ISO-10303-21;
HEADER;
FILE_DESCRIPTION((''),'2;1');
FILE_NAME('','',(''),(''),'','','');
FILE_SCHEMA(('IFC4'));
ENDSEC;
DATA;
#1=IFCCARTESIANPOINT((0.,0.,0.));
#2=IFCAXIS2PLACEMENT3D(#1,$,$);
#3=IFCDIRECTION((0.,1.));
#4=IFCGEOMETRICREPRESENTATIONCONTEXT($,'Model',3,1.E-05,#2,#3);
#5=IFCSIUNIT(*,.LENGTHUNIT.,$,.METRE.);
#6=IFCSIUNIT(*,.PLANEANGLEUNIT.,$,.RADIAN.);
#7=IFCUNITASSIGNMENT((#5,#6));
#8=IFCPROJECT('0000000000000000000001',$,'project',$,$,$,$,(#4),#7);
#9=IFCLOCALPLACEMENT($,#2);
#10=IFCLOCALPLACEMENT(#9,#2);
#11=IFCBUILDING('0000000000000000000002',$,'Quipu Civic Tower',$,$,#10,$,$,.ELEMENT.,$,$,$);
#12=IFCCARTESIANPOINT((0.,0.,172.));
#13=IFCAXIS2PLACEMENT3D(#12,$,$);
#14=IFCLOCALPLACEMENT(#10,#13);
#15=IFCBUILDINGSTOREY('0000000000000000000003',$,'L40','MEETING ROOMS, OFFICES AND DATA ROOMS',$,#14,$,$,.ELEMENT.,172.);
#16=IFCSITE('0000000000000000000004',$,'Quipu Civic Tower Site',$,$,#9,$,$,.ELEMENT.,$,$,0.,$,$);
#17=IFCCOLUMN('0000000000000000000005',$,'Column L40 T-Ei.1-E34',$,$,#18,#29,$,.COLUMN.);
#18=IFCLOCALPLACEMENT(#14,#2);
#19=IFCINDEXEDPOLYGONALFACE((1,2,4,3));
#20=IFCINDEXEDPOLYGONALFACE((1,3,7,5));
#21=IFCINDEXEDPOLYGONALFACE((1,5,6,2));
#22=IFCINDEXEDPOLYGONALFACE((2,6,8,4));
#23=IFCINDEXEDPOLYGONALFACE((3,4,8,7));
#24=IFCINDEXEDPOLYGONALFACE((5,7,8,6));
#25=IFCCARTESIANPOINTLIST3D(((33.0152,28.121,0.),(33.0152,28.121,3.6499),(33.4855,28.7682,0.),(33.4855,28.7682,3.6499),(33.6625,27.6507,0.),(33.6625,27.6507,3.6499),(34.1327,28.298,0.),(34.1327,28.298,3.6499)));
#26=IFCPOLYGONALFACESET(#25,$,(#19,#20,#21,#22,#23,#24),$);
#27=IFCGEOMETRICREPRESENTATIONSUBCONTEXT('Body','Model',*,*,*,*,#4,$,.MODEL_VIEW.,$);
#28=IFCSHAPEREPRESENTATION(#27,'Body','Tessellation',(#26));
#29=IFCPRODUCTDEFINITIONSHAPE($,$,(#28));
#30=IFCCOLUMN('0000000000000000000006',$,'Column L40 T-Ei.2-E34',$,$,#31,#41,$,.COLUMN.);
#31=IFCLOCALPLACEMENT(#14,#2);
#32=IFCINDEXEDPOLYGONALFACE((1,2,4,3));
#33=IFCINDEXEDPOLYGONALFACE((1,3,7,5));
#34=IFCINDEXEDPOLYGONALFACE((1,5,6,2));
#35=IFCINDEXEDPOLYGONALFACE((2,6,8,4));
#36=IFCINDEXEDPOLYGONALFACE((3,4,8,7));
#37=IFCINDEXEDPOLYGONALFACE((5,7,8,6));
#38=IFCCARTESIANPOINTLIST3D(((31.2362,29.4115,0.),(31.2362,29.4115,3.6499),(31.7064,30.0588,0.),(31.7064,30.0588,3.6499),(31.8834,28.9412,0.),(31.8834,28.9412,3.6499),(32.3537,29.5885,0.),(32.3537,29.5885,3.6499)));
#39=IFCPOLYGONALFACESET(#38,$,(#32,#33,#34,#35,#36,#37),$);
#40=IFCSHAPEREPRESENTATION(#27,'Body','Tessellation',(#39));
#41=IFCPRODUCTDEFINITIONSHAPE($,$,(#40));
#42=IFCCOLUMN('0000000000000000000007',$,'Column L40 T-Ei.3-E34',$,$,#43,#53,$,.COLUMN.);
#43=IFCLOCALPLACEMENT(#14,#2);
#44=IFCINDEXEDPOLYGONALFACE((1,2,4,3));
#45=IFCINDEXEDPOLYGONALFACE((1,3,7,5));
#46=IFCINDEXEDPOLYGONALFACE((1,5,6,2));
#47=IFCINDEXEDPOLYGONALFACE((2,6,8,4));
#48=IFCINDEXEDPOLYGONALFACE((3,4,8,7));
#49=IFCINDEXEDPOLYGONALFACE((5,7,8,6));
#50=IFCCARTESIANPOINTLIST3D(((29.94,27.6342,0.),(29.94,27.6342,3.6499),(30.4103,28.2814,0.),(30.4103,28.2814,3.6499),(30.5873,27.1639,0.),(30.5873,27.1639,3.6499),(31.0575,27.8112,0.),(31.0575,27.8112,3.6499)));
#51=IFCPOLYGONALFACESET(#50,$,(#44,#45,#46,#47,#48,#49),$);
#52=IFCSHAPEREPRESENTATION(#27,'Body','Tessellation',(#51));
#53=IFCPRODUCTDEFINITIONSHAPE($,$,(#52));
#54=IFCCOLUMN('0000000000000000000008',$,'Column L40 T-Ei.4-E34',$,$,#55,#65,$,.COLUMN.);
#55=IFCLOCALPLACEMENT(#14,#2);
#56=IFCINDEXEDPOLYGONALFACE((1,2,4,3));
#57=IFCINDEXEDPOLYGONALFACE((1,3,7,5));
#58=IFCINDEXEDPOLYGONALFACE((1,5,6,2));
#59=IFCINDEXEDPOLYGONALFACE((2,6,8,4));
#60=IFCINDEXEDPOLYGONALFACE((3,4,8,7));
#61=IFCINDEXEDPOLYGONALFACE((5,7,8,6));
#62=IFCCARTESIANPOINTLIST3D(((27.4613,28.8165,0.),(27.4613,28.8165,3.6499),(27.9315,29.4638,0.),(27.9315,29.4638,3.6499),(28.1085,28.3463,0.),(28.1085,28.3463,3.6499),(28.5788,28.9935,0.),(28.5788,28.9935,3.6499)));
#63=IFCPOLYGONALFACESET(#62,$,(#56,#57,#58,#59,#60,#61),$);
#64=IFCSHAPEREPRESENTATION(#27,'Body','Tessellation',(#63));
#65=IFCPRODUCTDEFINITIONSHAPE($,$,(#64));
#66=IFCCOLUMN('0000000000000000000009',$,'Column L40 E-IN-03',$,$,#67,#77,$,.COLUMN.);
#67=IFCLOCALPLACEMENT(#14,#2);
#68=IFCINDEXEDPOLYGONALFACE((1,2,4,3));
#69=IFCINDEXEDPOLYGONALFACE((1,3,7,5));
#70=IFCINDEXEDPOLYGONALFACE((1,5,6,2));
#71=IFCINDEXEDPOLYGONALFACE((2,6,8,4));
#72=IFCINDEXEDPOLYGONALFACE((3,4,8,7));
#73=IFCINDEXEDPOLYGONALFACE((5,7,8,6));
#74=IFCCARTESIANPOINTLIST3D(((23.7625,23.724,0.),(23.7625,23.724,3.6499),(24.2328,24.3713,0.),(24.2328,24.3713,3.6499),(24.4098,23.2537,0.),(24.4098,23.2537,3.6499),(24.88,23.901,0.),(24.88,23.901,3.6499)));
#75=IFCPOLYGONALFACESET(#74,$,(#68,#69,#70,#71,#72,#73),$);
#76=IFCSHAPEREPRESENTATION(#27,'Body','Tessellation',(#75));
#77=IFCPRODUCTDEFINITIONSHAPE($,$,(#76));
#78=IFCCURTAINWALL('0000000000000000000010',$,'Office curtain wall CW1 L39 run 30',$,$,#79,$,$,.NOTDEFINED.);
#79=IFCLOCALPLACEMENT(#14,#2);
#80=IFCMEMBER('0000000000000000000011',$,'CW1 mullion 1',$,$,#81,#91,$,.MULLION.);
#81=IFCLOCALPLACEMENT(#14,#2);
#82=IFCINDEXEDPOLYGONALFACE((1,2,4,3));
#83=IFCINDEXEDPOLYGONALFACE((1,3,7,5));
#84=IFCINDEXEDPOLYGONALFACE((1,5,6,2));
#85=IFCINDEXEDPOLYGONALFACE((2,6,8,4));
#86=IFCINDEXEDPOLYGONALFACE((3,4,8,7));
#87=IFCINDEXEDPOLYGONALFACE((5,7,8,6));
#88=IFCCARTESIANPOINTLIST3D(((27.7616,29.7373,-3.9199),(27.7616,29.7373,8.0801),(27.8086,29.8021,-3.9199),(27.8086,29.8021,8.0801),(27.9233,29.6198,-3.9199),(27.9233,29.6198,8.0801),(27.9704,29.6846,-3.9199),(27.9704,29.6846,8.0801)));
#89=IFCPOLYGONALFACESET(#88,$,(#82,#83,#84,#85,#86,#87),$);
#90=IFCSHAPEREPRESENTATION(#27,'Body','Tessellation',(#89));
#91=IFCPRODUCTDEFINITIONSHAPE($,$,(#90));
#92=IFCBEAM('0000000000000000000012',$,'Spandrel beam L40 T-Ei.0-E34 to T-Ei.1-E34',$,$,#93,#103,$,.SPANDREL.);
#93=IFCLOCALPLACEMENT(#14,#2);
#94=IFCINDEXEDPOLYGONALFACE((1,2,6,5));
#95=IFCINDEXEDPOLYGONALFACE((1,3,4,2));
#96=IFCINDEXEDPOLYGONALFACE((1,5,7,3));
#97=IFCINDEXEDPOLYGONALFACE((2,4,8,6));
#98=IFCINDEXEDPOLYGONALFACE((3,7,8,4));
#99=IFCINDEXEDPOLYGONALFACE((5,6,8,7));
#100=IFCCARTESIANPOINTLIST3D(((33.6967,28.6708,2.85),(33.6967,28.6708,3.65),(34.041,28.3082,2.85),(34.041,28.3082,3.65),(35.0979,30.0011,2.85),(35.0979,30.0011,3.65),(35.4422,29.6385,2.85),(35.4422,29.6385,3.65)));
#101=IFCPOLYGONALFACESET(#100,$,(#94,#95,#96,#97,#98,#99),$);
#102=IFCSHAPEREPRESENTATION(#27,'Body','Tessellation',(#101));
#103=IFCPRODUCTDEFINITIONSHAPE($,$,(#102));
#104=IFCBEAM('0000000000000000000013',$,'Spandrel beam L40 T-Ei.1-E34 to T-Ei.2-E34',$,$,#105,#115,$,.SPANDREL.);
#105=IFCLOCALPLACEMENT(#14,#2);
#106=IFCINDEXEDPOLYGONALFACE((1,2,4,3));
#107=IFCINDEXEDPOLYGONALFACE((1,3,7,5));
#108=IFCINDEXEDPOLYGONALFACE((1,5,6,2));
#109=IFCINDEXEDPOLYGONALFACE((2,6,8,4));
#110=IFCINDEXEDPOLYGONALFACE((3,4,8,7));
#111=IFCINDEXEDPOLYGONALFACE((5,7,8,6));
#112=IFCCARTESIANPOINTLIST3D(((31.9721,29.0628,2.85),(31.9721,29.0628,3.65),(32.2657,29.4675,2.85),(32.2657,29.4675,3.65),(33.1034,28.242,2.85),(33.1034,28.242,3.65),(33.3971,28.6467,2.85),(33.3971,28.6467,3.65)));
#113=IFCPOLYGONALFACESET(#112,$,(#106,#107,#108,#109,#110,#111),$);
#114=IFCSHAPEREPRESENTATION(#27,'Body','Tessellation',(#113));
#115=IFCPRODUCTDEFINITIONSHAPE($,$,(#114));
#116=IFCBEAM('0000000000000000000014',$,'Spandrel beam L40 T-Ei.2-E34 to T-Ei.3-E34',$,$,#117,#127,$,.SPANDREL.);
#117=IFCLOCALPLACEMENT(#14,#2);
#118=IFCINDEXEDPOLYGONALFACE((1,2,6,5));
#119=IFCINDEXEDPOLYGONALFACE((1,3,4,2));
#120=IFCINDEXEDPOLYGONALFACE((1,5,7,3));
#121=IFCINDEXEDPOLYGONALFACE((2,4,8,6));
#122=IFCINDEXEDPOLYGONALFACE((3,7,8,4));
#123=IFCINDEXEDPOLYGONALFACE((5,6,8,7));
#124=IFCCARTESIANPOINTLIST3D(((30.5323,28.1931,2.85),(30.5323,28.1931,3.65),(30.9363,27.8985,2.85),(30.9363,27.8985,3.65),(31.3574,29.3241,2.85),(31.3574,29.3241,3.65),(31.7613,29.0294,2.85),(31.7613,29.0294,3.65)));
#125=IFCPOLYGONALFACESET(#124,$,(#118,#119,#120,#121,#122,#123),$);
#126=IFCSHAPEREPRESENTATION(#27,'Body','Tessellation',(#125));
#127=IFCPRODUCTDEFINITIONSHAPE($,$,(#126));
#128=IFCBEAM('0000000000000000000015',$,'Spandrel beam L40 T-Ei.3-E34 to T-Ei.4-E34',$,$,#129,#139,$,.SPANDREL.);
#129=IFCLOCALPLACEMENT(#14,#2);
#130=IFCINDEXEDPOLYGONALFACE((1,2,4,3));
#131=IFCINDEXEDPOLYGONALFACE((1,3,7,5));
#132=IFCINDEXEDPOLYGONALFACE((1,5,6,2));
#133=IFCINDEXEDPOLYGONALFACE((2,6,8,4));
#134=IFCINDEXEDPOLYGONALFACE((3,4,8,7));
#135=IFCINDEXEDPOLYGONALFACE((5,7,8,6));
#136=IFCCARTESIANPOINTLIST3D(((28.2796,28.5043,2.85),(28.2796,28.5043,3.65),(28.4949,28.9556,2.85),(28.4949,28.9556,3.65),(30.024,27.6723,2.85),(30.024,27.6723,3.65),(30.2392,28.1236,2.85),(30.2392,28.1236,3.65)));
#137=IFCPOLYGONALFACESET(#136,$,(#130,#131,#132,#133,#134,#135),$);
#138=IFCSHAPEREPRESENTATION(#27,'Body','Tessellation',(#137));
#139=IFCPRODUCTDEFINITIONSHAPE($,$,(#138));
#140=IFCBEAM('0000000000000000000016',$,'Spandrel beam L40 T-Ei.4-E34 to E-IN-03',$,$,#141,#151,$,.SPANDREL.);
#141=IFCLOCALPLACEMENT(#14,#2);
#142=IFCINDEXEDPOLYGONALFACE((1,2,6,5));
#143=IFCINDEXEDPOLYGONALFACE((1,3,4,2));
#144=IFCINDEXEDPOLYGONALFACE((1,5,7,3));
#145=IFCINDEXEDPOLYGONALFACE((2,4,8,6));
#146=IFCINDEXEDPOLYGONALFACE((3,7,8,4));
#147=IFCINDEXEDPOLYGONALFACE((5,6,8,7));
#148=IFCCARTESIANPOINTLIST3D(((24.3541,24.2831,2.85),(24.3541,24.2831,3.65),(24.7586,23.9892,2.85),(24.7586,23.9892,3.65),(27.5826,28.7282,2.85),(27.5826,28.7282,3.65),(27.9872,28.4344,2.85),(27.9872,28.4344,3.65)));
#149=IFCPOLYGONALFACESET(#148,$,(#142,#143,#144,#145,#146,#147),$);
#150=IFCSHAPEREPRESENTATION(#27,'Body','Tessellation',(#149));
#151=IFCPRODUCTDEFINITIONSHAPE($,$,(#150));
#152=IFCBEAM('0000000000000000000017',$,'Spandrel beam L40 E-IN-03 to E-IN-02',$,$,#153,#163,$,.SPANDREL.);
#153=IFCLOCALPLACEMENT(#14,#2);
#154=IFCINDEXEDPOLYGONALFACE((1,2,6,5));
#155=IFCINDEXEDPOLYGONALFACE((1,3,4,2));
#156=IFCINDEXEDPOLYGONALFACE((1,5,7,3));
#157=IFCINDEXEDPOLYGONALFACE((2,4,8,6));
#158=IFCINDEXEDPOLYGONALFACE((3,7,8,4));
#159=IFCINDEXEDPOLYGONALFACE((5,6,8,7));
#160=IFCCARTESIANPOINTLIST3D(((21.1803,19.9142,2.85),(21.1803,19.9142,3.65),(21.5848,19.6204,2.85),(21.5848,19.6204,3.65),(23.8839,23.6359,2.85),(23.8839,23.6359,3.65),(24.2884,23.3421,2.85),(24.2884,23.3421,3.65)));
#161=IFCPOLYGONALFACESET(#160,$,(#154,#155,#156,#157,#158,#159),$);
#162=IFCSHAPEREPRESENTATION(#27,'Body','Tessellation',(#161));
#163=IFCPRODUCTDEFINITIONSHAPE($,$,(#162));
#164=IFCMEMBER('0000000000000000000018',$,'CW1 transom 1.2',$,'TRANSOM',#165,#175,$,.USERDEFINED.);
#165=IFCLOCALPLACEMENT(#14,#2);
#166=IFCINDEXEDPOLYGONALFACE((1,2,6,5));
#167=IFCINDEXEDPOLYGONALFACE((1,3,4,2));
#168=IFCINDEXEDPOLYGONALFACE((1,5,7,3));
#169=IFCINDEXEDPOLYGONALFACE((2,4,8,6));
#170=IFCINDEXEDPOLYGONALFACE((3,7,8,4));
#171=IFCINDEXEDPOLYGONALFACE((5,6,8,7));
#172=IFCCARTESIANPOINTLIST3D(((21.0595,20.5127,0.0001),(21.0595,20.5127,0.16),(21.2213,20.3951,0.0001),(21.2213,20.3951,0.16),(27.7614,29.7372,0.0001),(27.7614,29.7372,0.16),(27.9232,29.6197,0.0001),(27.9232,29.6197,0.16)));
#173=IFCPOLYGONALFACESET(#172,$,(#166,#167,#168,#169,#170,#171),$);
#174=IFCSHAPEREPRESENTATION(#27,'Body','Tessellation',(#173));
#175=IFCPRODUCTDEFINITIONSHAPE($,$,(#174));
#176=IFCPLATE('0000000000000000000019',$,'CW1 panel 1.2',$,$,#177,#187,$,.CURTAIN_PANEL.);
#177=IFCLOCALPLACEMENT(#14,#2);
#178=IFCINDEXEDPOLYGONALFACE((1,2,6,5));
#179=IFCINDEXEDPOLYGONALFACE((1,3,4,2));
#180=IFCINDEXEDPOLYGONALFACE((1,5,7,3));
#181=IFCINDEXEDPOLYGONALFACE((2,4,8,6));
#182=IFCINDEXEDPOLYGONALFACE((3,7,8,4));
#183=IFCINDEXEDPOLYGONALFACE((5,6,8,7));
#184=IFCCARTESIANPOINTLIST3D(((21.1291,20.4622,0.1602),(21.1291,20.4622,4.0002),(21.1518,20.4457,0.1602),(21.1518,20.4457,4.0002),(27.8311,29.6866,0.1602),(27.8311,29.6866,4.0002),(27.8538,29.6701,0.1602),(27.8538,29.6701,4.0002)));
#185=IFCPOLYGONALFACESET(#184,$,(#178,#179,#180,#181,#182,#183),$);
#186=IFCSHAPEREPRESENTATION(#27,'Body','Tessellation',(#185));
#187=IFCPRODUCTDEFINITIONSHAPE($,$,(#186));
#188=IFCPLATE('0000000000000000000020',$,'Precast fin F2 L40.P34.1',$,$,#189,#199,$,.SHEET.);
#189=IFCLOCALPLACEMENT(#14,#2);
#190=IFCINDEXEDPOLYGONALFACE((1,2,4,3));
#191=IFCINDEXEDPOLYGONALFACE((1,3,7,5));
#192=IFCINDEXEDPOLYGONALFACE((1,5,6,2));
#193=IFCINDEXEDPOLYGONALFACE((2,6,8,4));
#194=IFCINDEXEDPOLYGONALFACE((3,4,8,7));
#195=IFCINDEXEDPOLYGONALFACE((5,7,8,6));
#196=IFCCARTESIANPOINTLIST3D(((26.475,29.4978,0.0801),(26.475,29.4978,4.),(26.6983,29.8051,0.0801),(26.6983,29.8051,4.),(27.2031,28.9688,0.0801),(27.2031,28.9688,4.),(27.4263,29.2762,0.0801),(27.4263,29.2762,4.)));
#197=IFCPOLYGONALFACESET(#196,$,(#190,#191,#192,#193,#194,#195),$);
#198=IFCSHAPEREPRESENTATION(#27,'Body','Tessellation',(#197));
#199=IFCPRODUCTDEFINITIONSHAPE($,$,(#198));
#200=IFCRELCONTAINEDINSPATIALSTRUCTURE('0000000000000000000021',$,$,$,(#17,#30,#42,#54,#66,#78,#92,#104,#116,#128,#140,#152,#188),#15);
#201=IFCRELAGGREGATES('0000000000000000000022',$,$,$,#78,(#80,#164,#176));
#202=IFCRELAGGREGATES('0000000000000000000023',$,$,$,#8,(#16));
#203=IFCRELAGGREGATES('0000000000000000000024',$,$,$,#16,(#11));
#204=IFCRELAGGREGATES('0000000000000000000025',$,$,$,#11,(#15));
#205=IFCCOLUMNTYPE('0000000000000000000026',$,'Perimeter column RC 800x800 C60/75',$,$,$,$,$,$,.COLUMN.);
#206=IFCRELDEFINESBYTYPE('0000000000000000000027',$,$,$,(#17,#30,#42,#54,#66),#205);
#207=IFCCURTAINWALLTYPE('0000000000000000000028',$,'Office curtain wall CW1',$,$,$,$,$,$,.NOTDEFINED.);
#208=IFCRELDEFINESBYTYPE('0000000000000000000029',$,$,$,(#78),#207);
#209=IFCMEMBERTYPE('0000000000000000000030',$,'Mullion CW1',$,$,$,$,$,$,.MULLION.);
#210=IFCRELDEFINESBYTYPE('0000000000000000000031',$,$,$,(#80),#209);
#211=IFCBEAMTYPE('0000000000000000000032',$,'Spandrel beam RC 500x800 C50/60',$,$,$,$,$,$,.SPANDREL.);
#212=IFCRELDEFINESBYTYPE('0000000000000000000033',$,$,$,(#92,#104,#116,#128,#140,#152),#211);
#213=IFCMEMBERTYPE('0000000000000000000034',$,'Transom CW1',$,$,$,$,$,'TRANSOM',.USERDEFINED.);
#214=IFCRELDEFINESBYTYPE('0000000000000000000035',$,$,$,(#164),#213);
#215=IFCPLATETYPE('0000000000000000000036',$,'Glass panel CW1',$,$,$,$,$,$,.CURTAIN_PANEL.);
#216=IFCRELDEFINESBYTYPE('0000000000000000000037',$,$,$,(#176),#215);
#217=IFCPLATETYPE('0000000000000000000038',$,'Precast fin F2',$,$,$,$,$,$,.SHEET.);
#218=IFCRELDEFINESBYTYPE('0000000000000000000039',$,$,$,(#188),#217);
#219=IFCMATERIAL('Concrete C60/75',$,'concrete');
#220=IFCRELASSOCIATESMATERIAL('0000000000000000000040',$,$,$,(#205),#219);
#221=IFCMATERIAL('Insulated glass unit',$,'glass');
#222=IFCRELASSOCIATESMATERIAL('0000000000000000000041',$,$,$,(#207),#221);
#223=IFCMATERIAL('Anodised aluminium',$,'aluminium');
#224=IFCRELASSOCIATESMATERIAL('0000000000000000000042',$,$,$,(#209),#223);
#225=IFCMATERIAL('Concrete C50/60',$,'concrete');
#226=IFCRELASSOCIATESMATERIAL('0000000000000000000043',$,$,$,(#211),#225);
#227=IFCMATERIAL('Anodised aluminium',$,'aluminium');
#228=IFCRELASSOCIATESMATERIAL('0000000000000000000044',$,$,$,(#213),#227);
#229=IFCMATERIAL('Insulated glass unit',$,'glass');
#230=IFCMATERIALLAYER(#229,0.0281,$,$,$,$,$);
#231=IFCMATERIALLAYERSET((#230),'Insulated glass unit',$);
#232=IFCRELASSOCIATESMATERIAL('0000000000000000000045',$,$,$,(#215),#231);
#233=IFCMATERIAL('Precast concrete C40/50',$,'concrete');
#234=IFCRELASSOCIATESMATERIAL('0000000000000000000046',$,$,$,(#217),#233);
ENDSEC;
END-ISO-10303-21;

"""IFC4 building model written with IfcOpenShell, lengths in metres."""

from ifc_helpers import new_model, si_unit, direction, frame, origin, origin_2d, place, context, subcontext, project, spatial, rectangle, extrude, material, layer, layer_set, material_profile, profile_set, type_object, element, aggregate, save


model = new_model("IFC4")

# Units and contexts
model_context = context("Model", 3, precision=1e-05, world=origin(), true_north=direction((0.0, 1.0)))
body_context = subcontext(model_context, "Body", "Model", "MODEL_VIEW")
ifc_project = project(units=[si_unit("LENGTHUNIT", "METRE"), si_unit("PLANEANGLEUNIT", "RADIAN")], contexts=[model_context])

# Site, building, storey
site_placement = place(None, origin())
site = spatial("IfcSite", under=ifc_project, at=site_placement, Name="Quipu Civic Tower Site", CompositionType="ELEMENT", RefElevation=0.0)
building_placement = place(site_placement, origin())
building = spatial("IfcBuilding", under=site, at=building_placement, Name="Quipu Civic Tower", CompositionType="ELEMENT")
storey_placement = place(building_placement, frame((0.0, 0.0, 172.0)))
storey = spatial("IfcBuildingStorey", under=building, at=storey_placement, Name="L40", Description="MEETING ROOMS, OFFICES AND DATA ROOMS", CompositionType="ELEMENT", Elevation=172.0)

# Columns
ifc_material_1 = material(Name="Concrete C60/75", Category="concrete")
ifc_material_profile_1 = material_profile(ifc_material_1, rectangle(XDim=0.8, YDim=0.8, at=origin_2d()), Name="RC800x800")
ifc_profile_set_1 = profile_set([ifc_material_profile_1], Name="Concrete C60/75")
column_type = type_object("IfcColumnType", Name="Perimeter column RC 800x800 C60/75", PredefinedType="COLUMN", material=ifc_profile_set_1)
for number, where, z_axis, x_axis, name in (
    (1, (33.574, 28.2095, 0.0), (0.0, 0.0, 1.0), (-0.809017, 0.587785, 0.0), "Column L40 T-Ei.1-E34"),
    (2, (31.7949, 29.5, 0.0), (0.0, 0.0, 1.0), (-0.587785, -0.809017, 0.0), "Column L40 T-Ei.2-E34"),
    (3, (30.4988, 27.7227, 0.0), (0.0, 0.0, 1.0), (-0.809017, 0.587785, 0.0), "Column L40 T-Ei.3-E34"),
    (4, (28.02, 28.905, 0.0), (0.0, 0.0, 1.0), (-0.809017, 0.587785, 0.0), "Column L40 T-Ei.4-E34"),
    (5, (24.3213, 23.8125, 0.0), (0.0, 0.0, 1.0), (-0.587785, -0.809017, 0.0), "Column L40 E-IN-03"),
):
    element("IfcColumn", number, at=place(storey_placement, frame(where, z_axis=z_axis, x_axis=x_axis)), inside=storey, type_object=column_type, Name=name, PredefinedType="COLUMN", context=body_context, shape_type="SweptSolid", body=[
        extrude(rectangle(XDim=0.8, YDim=0.8, at=origin_2d()), origin(), (0.0, 0.0, 1.0), 3.6499),
    ])

# Curtain wall, member
ifc_material_2 = material(Name="Insulated glass unit", Category="glass")
curtain_wall_type = type_object("IfcCurtainWallType", Name="Office curtain wall CW1", PredefinedType="NOTDEFINED", material=ifc_material_2)
curtain_wall_placement = place(storey_placement, origin())
curtain_wall = element("IfcCurtainWall", 6, at=curtain_wall_placement, inside=storey, type_object=curtain_wall_type, Name="Office curtain wall CW1 L39 run 30", PredefinedType="NOTDEFINED")
ifc_material_3 = material(Name="Anodised aluminium", Category="aluminium")
ifc_material_profile_2 = material_profile(ifc_material_3, rectangle(XDim=0.2, YDim=0.0801, at=origin_2d()), Name="RECT 200x80")
ifc_profile_set_2 = profile_set([ifc_material_profile_2], Name="Anodised aluminium")
member_type_1 = type_object("IfcMemberType", Name="Mullion CW1", PredefinedType="MULLION", material=ifc_profile_set_2)
member_1_placement = place(storey_placement, frame((27.866, 29.7109, -3.9199), z_axis=(0.0, 0.0, 1.0), x_axis=(0.809014, -0.587789, 0.0)))
member_1 = element("IfcMember", 7, at=member_1_placement, type_object=member_type_1, Name="CW1 mullion 1", PredefinedType="MULLION", context=body_context, shape_type="SweptSolid", body=[
    extrude(rectangle(XDim=0.2, YDim=0.0801, at=origin_2d()), origin(), (0.0, 0.0, 1.0), 12.0),
])

# Beams
ifc_material_4 = material(Name="Concrete C50/60", Category="concrete")
ifc_material_profile_3 = material_profile(ifc_material_4, rectangle(XDim=0.5, YDim=0.8, at=origin_2d()), Name="RC500x800")
ifc_profile_set_3 = profile_set([ifc_material_profile_3], Name="Concrete C50/60")
beam_type = type_object("IfcBeamType", Name="Spandrel beam RC 500x800 C50/60", PredefinedType="SPANDREL", material=ifc_profile_set_3)
beam_1_placement = place(storey_placement, frame((35.27, 29.8198, 3.25), z_axis=(-0.725192, -0.688547, 0.0), x_axis=(0.688547, -0.725192, 0.0)))
element("IfcBeam", 8, at=beam_1_placement, inside=storey, type_object=beam_type, Name="Spandrel beam L40 T-Ei.0-E34 to T-Ei.1-E34", PredefinedType="SPANDREL", context=body_context, shape_type="SweptSolid", body=[
    extrude(rectangle(XDim=0.5, YDim=0.8, at=origin_2d()), origin(), (0.0, 0.0, 1.0), 1.9321),
])
beam_2_placement = place(storey_placement, frame((33.2502, 28.4443, 3.25), z_axis=(-0.809415, 0.587237, 0.0), x_axis=(-0.587237, -0.809415, 0.0)))
element("IfcBeam", 9, at=beam_2_placement, inside=storey, type_object=beam_type, Name="Spandrel beam L40 T-Ei.1-E34 to T-Ei.2-E34", PredefinedType="SPANDREL", context=body_context, shape_type="SweptSolid", body=[
    extrude(rectangle(XDim=0.5, YDim=0.8, at=origin_2d()), origin(), (0.0, 0.0, 1.0), 1.3977),
])
beam_3_placement = place(storey_placement, frame((31.5593, 29.1768, 3.25), z_axis=(-0.589343, -0.807883, 0.0), x_axis=(0.807883, -0.589343, 0.0)))
element("IfcBeam", 10, at=beam_3_placement, inside=storey, type_object=beam_type, Name="Spandrel beam L40 T-Ei.2-E34 to T-Ei.3-E34", PredefinedType="SPANDREL", context=body_context, shape_type="SweptSolid", body=[
    extrude(rectangle(XDim=0.5, YDim=0.8, at=origin_2d()), origin(), (0.0, 0.0, 1.0), 1.3999),
])
beam_4_placement = place(storey_placement, frame((30.1316, 27.8979, 3.25), z_axis=(-0.902585, 0.430512, 0.0), x_axis=(-0.430512, -0.902585, 0.0)))
element("IfcBeam", 11, at=beam_4_placement, inside=storey, type_object=beam_type, Name="Spandrel beam L40 T-Ei.3-E34 to T-Ei.4-E34", PredefinedType="SPANDREL", context=body_context, shape_type="SweptSolid", body=[
    extrude(rectangle(XDim=0.5, YDim=0.8, at=origin_2d()), origin(), (0.0, 0.0, 1.0), 1.9326),
])
beam_5_placement = place(storey_placement, frame((27.7849, 28.5813, 3.25), z_axis=(-0.587664, -0.809105, 0.0), x_axis=(0.809105, -0.587664, 0.0)))
element("IfcBeam", 12, at=beam_5_placement, inside=storey, type_object=beam_type, Name="Spandrel beam L40 T-Ei.4-E34 to E-IN-03", PredefinedType="SPANDREL", context=body_context, shape_type="SweptSolid", body=[
    extrude(rectangle(XDim=0.5, YDim=0.8, at=origin_2d()), origin(), (0.0, 0.0, 1.0), 5.4939),
])
beam_6_placement = place(storey_placement, frame((24.0862, 23.489, 3.25), z_axis=(-0.587736, -0.809053, 0.0), x_axis=(0.809053, -0.587736, 0.0)))
element("IfcBeam", 13, at=beam_6_placement, inside=storey, type_object=beam_type, Name="Spandrel beam L40 E-IN-03 to E-IN-02", PredefinedType="SPANDREL", context=body_context, shape_type="SweptSolid", body=[
    extrude(rectangle(XDim=0.5, YDim=0.8, at=origin_2d()), origin(), (0.0, 0.0, 1.0), 4.6001),
])

# Member
ifc_material_5 = material(Name="Anodised aluminium", Category="aluminium")
ifc_material_profile_4 = material_profile(ifc_material_5, rectangle(XDim=0.2, YDim=0.1599, at=origin_2d()), Name="RECT 200x160")
ifc_profile_set_4 = profile_set([ifc_material_profile_4], Name="Anodised aluminium")
member_type_2 = type_object("IfcMemberType", Name="Transom CW1", ElementType="TRANSOM", PredefinedType="USERDEFINED", material=ifc_profile_set_4)
member_2_placement = place(storey_placement, frame((27.8423, 29.6785, 0.0801), z_axis=(-0.587776, -0.809024, 0.0), x_axis=(0.809024, -0.587776, 0.0)))
member_2 = element("IfcMember", 14, at=member_2_placement, type_object=member_type_2, Name="CW1 transom 1.2", ObjectType="TRANSOM", PredefinedType="USERDEFINED", context=body_context, shape_type="SweptSolid", body=[
    extrude(rectangle(XDim=0.2, YDim=0.1599, at=origin_2d()), origin(), (0.0, 0.0, 1.0), 11.4021),
])

# Plate
ifc_material_6 = material(Name="Insulated glass unit", Category="glass")
ifc_layer_1 = layer(ifc_material_6, 0.0281)
ifc_layer_set_1 = layer_set([ifc_layer_1], Name="Insulated glass unit")
plate_type_1 = type_object("IfcPlateType", Name="Glass panel CW1", PredefinedType="CURTAIN_PANEL", material=ifc_layer_set_1)
plate_placement = place(storey_placement, frame((24.4915, 25.0662, 0.1602), z_axis=(0.0, 0.0, 1.0), x_axis=(-0.587789, -0.809014, 0.0)))
plate = element("IfcPlate", 15, at=plate_placement, type_object=plate_type_1, Name="CW1 panel 1.2", PredefinedType="CURTAIN_PANEL", context=body_context, shape_type="SweptSolid", body=[
    extrude(rectangle(XDim=11.4021, YDim=0.0281, at=origin_2d()), origin(), (0.0, 0.0, 1.0), 3.8401),
])
aggregate(curtain_wall, [member_1, member_2, plate])

# Plate
ifc_material_7 = material(Name="Precast concrete C40/50", Category="concrete")
plate_type_2 = type_object("IfcPlateType", Name="Precast fin F2", PredefinedType="SHEET", material=ifc_material_7)
for number, where, z_axis, x_axis, name in (
    (16, (26.9507, 29.387, 0.0801), (0.0, 0.0, 1.0), (-0.587787, -0.809016, 0.0), "Precast fin F2 L40.P34.1"),
):
    element("IfcPlate", number, at=place(storey_placement, frame(where, z_axis=z_axis, x_axis=x_axis)), inside=storey, type_object=plate_type_2, Name=name, PredefinedType="SHEET", context=body_context, shape_type="SweptSolid", body=[
        extrude(rectangle(XDim=0.3799, YDim=0.8999, at=origin_2d()), origin(), (0.0, 0.0, 1.0), 3.9199),
    ])

save(model, "model.ifc")
